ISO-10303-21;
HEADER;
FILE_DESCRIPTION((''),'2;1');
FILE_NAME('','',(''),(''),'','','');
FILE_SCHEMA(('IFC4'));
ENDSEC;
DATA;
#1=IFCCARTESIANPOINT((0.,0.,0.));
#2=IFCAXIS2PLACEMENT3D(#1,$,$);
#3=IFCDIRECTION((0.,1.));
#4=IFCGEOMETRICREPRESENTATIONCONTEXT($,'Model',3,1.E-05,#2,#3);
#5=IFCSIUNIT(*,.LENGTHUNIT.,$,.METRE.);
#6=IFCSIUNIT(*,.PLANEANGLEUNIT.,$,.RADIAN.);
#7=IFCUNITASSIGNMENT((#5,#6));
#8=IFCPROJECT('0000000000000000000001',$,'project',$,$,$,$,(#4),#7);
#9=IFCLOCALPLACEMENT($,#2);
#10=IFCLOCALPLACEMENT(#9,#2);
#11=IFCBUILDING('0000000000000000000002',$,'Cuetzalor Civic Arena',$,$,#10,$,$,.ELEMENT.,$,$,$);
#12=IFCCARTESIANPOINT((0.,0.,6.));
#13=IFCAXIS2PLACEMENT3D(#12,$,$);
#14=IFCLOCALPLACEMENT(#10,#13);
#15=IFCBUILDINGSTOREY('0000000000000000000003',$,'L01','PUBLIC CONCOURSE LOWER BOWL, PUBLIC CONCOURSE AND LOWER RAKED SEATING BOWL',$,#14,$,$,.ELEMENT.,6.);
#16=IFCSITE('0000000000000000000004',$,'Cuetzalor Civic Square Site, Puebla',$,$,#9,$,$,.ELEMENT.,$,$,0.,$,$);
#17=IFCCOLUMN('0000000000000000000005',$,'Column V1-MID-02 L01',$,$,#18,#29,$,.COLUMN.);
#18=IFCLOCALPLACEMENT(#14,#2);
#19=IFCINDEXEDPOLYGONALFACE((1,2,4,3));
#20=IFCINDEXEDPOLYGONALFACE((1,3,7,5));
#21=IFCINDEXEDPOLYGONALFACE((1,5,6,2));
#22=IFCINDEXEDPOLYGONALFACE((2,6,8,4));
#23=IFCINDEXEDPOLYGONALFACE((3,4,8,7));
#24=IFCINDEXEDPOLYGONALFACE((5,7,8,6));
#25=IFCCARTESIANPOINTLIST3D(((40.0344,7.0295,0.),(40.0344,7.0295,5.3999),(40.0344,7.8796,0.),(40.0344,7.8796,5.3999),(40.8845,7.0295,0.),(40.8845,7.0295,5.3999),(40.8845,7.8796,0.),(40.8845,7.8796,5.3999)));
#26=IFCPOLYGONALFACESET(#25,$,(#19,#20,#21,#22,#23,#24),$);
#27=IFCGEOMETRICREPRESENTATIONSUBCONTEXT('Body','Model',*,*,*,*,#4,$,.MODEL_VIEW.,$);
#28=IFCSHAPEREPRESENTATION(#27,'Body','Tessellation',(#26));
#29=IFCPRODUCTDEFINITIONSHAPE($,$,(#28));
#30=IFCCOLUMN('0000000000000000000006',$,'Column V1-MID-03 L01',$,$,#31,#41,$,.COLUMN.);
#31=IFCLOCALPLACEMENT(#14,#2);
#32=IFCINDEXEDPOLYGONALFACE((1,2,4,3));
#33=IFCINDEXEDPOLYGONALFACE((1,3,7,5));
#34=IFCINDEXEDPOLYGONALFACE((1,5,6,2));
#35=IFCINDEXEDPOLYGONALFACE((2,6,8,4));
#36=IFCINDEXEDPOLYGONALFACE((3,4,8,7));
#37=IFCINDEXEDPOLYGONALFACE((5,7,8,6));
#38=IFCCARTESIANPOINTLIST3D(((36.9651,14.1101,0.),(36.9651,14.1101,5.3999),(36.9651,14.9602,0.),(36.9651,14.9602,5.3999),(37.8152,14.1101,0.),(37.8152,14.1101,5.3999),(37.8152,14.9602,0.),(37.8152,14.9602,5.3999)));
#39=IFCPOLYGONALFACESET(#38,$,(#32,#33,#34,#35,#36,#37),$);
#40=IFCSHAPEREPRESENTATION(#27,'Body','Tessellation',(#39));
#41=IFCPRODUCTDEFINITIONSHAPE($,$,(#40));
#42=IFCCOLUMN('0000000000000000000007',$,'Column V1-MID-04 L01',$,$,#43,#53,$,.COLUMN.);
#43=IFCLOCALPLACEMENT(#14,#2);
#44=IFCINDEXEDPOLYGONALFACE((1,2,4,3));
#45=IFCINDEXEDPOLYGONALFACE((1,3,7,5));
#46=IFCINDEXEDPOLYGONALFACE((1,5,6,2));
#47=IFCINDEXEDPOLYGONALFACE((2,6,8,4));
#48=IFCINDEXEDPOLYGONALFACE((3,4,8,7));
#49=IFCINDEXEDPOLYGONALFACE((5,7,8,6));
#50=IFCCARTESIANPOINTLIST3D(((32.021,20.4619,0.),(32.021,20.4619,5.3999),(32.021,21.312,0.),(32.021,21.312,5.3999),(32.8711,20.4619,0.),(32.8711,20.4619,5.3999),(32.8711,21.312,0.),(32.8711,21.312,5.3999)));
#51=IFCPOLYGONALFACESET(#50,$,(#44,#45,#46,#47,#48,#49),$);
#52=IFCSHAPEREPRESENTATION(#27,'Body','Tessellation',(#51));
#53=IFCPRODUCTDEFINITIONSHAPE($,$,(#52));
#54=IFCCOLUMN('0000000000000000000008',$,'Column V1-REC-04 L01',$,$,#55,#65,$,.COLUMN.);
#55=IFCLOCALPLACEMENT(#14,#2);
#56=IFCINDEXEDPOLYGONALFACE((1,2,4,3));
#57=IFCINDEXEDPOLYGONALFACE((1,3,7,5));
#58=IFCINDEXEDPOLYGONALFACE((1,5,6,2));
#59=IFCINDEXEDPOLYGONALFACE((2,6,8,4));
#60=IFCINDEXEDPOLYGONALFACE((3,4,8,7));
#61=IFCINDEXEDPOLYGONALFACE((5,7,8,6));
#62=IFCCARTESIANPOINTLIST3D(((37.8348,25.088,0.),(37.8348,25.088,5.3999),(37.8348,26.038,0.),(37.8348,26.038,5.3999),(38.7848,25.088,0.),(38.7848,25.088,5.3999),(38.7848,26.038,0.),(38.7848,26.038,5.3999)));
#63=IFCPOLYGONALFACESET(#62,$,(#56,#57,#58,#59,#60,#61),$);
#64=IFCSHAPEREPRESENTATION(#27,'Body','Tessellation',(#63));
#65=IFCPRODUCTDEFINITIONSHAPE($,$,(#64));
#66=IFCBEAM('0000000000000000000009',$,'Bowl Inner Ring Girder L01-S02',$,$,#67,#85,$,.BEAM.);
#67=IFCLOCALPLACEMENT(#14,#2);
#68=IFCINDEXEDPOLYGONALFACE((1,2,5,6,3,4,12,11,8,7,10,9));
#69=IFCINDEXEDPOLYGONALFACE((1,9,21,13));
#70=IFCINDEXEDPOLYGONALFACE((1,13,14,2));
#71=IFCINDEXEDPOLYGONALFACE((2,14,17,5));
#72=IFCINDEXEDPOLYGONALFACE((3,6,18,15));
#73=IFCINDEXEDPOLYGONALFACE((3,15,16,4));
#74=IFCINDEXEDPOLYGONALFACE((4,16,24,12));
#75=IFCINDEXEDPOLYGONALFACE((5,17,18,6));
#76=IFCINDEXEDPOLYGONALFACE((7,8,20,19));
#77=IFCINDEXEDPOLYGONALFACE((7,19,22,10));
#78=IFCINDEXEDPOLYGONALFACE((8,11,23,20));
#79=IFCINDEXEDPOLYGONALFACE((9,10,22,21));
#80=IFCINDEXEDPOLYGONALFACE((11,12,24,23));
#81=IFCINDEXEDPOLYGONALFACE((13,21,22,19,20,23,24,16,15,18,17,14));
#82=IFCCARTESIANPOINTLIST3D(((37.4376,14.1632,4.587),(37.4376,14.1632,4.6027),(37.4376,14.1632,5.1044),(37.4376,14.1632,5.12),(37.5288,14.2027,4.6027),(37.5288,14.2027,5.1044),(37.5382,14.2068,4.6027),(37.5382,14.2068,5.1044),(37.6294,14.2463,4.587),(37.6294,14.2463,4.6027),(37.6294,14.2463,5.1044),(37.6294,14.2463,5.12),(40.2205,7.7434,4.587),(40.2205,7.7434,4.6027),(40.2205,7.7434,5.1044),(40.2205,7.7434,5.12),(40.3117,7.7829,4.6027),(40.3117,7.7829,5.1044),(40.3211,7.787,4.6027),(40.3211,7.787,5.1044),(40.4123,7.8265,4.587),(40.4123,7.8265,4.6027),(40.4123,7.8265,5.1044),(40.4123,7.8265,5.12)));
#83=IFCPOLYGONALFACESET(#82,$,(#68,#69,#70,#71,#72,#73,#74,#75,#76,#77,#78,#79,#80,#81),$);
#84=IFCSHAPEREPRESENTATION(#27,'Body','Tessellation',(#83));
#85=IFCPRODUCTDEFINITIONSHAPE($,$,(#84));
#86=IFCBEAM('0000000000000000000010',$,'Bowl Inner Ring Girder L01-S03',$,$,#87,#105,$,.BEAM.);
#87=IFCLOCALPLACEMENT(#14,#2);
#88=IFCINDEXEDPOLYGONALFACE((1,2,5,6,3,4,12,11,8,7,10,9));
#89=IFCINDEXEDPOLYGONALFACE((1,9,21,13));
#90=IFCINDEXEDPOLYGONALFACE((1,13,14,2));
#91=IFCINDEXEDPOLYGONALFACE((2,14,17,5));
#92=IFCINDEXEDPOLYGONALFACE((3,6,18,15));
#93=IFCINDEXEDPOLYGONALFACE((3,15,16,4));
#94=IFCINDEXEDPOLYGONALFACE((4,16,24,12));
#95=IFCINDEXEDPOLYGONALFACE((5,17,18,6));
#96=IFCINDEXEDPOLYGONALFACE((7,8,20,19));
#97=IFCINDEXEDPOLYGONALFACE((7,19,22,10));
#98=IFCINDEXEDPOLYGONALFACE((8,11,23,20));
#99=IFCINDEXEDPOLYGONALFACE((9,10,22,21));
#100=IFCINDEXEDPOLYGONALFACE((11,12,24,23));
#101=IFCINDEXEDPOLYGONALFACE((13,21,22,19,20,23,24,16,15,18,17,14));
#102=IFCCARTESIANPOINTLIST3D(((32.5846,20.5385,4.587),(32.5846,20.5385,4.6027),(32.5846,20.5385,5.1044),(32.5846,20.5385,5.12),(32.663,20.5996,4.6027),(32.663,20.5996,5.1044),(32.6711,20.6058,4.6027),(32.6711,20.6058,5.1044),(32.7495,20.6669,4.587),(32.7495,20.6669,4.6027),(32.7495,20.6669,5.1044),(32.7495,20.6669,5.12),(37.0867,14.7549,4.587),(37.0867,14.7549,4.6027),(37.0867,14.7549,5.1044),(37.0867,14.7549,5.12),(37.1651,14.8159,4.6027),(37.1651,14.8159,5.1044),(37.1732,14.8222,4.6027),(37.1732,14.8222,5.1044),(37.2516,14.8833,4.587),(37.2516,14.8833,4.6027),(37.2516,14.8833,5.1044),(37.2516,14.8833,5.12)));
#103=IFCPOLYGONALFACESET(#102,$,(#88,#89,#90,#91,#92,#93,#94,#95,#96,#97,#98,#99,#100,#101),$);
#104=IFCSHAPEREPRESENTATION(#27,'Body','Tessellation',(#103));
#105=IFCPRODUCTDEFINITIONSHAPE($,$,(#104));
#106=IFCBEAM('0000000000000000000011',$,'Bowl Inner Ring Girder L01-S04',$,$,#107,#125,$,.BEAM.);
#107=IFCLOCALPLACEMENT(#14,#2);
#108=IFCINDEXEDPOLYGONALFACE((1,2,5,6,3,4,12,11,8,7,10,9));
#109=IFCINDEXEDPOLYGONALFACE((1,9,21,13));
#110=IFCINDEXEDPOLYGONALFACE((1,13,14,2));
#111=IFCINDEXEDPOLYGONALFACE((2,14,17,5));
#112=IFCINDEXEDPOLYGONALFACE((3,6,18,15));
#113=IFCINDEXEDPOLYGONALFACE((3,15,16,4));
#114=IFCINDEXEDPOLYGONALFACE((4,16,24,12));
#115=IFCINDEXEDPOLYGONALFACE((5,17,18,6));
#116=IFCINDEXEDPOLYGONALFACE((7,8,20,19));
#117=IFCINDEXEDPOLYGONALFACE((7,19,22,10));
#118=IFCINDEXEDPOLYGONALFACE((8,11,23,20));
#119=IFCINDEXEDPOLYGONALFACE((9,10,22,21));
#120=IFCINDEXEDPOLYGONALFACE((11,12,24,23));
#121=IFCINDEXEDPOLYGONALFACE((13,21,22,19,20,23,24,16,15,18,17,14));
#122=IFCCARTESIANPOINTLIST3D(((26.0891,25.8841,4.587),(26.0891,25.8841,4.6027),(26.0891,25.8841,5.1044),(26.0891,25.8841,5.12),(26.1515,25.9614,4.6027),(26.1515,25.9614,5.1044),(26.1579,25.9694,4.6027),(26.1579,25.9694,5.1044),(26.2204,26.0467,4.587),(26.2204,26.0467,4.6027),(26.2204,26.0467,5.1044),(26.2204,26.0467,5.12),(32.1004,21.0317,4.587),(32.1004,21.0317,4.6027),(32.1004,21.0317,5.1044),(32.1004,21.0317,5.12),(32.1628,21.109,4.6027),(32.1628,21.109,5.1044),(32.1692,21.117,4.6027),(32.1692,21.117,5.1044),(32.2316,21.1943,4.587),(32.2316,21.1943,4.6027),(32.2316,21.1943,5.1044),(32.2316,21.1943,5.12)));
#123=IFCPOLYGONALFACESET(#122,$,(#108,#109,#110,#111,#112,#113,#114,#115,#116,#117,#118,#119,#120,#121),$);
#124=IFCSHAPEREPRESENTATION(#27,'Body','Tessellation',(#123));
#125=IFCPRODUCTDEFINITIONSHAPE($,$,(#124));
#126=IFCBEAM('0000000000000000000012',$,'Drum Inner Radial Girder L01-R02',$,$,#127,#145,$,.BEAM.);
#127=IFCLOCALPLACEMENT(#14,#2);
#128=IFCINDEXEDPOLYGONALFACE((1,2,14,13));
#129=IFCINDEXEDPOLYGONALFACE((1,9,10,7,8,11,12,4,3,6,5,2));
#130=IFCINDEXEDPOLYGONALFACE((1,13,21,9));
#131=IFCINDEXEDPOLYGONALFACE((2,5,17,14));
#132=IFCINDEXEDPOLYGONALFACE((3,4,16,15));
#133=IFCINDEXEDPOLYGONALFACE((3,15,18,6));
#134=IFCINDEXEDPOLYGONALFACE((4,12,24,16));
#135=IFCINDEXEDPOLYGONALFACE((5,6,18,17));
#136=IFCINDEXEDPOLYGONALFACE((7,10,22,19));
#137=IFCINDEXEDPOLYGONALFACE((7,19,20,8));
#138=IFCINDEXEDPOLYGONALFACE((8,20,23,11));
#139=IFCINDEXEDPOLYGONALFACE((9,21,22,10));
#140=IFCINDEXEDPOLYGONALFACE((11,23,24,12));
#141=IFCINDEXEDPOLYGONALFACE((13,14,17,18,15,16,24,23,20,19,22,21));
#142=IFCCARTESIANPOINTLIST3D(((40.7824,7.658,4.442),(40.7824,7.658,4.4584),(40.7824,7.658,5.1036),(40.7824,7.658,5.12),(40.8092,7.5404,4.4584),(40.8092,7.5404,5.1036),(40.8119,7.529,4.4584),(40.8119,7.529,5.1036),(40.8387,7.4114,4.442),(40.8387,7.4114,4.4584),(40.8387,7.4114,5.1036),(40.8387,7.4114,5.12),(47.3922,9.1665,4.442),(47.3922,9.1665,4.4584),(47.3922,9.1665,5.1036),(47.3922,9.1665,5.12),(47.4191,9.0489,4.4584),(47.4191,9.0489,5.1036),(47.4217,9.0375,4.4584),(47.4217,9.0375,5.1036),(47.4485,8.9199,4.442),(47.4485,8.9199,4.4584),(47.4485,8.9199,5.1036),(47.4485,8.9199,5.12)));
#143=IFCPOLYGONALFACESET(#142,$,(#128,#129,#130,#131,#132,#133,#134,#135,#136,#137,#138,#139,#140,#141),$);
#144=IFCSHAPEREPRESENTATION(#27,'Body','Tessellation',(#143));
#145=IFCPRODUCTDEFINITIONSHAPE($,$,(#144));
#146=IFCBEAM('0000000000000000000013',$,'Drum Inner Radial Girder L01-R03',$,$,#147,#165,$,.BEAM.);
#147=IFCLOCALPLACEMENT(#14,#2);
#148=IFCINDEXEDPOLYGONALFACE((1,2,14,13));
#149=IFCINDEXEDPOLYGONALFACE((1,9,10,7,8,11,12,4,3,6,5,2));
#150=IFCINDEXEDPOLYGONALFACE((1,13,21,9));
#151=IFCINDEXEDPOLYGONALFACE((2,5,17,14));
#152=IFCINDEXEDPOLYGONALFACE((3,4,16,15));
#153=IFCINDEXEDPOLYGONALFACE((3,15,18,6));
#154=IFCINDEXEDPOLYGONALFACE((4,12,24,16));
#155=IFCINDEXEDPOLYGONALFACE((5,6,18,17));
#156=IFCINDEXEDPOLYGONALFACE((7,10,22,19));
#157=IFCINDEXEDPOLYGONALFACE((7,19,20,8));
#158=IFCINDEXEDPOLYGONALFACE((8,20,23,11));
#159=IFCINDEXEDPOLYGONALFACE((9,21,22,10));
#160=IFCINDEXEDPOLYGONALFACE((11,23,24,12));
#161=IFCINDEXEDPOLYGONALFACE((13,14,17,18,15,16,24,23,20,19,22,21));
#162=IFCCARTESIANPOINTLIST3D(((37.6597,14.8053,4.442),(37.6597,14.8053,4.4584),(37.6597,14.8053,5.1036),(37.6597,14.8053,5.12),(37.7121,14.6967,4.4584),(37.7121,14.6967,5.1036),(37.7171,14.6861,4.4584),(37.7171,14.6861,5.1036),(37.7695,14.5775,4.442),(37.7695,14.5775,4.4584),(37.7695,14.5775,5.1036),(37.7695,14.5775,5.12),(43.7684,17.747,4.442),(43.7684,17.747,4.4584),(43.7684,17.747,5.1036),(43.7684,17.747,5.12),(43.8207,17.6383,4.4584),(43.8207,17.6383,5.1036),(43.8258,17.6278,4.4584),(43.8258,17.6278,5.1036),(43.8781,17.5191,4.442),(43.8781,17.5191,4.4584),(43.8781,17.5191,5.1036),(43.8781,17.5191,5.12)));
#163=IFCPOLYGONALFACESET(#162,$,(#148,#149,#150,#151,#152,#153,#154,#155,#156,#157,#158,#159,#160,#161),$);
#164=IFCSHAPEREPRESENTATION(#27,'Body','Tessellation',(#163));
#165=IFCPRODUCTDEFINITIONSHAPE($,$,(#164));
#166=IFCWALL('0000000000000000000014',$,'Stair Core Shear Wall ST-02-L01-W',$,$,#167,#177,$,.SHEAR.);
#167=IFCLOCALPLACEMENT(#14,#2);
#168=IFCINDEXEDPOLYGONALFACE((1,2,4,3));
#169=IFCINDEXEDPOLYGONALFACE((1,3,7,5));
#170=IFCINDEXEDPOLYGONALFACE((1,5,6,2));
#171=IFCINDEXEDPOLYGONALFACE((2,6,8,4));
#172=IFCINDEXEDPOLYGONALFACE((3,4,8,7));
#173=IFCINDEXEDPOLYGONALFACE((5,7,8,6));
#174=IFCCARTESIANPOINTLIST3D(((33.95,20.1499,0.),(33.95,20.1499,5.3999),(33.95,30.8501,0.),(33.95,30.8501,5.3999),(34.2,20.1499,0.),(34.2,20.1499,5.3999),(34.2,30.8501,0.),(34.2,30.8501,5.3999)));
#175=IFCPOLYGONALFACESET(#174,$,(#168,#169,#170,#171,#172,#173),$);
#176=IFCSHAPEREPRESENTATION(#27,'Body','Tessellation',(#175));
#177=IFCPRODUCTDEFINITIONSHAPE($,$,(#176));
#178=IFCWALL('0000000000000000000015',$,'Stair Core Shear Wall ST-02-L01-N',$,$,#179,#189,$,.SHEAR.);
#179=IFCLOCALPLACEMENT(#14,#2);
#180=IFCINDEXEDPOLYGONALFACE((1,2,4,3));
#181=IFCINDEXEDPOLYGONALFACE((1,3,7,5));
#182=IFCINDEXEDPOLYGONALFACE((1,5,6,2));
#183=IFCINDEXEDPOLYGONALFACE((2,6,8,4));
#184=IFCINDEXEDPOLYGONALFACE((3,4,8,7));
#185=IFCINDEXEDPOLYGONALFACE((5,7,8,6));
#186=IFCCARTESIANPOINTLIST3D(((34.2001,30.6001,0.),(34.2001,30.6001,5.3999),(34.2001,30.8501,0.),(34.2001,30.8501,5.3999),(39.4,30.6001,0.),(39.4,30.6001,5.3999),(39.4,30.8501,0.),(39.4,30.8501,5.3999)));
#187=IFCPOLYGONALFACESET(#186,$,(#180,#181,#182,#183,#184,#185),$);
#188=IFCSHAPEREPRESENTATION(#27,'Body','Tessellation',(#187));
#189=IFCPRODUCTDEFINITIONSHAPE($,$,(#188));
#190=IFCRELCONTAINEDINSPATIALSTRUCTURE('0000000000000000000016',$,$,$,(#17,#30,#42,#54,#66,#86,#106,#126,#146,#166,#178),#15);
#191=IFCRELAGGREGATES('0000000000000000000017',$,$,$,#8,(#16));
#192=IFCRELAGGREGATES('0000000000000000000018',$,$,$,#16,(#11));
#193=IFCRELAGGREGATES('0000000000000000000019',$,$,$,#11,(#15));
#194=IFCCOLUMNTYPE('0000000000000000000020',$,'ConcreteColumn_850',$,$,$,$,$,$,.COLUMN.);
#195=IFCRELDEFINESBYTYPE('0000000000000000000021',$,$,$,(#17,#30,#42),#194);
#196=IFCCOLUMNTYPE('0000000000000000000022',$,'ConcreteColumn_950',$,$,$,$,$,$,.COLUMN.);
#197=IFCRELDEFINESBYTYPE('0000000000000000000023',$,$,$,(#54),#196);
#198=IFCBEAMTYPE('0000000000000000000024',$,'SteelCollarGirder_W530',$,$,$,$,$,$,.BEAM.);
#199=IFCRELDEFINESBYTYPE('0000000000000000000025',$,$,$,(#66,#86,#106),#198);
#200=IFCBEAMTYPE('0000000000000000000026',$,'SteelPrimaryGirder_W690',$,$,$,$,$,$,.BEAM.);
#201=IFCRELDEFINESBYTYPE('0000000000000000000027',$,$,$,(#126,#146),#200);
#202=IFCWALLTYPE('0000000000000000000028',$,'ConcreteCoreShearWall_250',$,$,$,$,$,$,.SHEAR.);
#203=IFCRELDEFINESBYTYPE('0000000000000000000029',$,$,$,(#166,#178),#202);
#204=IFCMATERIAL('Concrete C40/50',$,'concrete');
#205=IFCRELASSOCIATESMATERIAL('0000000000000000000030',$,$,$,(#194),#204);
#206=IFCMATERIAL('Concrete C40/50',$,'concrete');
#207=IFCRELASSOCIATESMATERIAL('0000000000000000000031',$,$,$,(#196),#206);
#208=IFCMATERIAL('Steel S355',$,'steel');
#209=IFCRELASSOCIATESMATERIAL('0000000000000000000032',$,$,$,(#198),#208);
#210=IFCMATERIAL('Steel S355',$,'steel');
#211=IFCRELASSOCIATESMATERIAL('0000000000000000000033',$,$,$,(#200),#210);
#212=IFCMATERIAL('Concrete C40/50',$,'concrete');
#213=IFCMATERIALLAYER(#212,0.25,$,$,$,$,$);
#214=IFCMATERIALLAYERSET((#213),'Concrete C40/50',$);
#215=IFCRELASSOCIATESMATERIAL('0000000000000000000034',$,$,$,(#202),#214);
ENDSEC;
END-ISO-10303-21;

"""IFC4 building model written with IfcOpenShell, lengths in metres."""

from ifc_helpers import new_model, si_unit, direction, frame, frame_2d, origin, origin_2d, place, context, subcontext, project, spatial, rectangle, i_section, extrude, material, layer, layer_set, material_profile, profile_set, type_object, element, save


model = new_model("IFC4")

# Units and contexts
model_context = context("Model", 3, precision=1e-05, world=origin(), true_north=direction((0.0, 1.0)))
body_context = subcontext(model_context, "Body", "Model", "MODEL_VIEW")
ifc_project = project(units=[si_unit("LENGTHUNIT", "METRE"), si_unit("PLANEANGLEUNIT", "RADIAN")], contexts=[model_context])

# Site, building, storey
site_placement = place(None, origin())
site = spatial("IfcSite", under=ifc_project, at=site_placement, Name="Cuetzalor Civic Square Site, Puebla", CompositionType="ELEMENT", RefElevation=0.0)
building_placement = place(site_placement, origin())
building = spatial("IfcBuilding", under=site, at=building_placement, Name="Cuetzalor Civic Arena", CompositionType="ELEMENT")
storey_placement = place(building_placement, frame((0.0, 0.0, 6.0)))
storey = spatial("IfcBuildingStorey", under=building, at=storey_placement, Name="L01", Description="PUBLIC CONCOURSE LOWER BOWL, PUBLIC CONCOURSE AND LOWER RAKED SEATING BOWL", CompositionType="ELEMENT", Elevation=6.0)

# Columns
ifc_material_1 = material(Name="Concrete C40/50", Category="concrete")
ifc_material_profile_1 = material_profile(ifc_material_1, rectangle(XDim=0.8501, YDim=0.8501, at=origin_2d()), Name="RC 850x850")
ifc_profile_set_1 = profile_set([ifc_material_profile_1], Name="Concrete C40/50")
column_type_1 = type_object("IfcColumnType", Name="ConcreteColumn_850", PredefinedType="COLUMN", material=ifc_profile_set_1)
for number, where, z_axis, x_axis, name in (
    (1, (40.4595, 7.4546, 0.0), (0.0, 0.0, 1.0), (1.0, 0.0, 0.0), "Column V1-MID-02 L01"),
    (2, (37.3901, 14.5352, 0.0), (0.0, 0.0, 1.0), (1.0, 0.0, 0.0), "Column V1-MID-03 L01"),
    (3, (32.446, 20.887, 0.0), (0.0, 0.0, 1.0), (1.0, 0.0, 0.0), "Column V1-MID-04 L01"),
):
    element("IfcColumn", number, at=place(storey_placement, frame(where, z_axis=z_axis, x_axis=x_axis)), inside=storey, type_object=column_type_1, Name=name, PredefinedType="COLUMN", context=body_context, shape_type="SweptSolid", body=[
        extrude(rectangle(XDim=0.8501, YDim=0.8501, at=origin_2d()), origin(), (0.0, 0.0, 1.0), 5.3999),
    ])
ifc_material_2 = material(Name="Concrete C40/50", Category="concrete")
ifc_material_profile_2 = material_profile(ifc_material_2, rectangle(XDim=0.95, YDim=0.95, at=origin_2d()), Name="RC 950x950")
ifc_profile_set_2 = profile_set([ifc_material_profile_2], Name="Concrete C40/50")
column_type_2 = type_object("IfcColumnType", Name="ConcreteColumn_950", PredefinedType="COLUMN", material=ifc_profile_set_2)
column_placement = place(storey_placement, frame((38.3098, 25.563, 0.0), z_axis=(0.0, 0.0, 1.0), x_axis=(1.0, 0.0, 0.0)))
element("IfcColumn", 4, at=column_placement, inside=storey, type_object=column_type_2, Name="Column V1-REC-04 L01", PredefinedType="COLUMN", context=body_context, shape_type="SweptSolid", body=[
    extrude(rectangle(XDim=0.95, YDim=0.95, at=origin_2d()), origin(), (0.0, 0.0, 1.0), 5.3999),
])

# Beams
ifc_material_3 = material(Name="Steel S355", Category="steel")
ifc_material_profile_3 = material_profile(ifc_material_3, i_section(OverallWidth=0.209, OverallDepth=0.533, WebThickness=0.0103, FlangeThickness=0.0156, at=origin_2d()), Name="W530x92")
ifc_profile_set_3 = profile_set([ifc_material_profile_3], Name="Steel S355")
beam_type_1 = type_object("IfcBeamType", Name="SteelCollarGirder_W530", PredefinedType="BEAM", material=ifc_profile_set_3)
beam_1_placement = place(storey_placement, frame((40.3164, 7.7849, 4.8535), z_axis=(-0.397727, 0.917504, 0.0), x_axis=(-0.917504, -0.397727, 0.0)))
element("IfcBeam", 5, at=beam_1_placement, inside=storey, type_object=beam_type_1, Name="Bowl Inner Ring Girder L01-S02", PredefinedType="BEAM", context=body_context, shape_type="SweptSolid", body=[
    extrude(i_section(OverallWidth=0.209, OverallDepth=0.533, WebThickness=0.0103, FlangeThickness=0.0156, at=origin_2d()), origin(), (0.0, 0.0, 1.0), 6.9971),
])
beam_2_placement = place(storey_placement, frame((37.1692, 14.8191, 4.8535), z_axis=(-0.614261, 0.789103, 0.0), x_axis=(-0.789103, -0.614261, 0.0)))
element("IfcBeam", 6, at=beam_2_placement, inside=storey, type_object=beam_type_1, Name="Bowl Inner Ring Girder L01-S03", PredefinedType="BEAM", context=body_context, shape_type="SweptSolid", body=[
    extrude(i_section(OverallWidth=0.209, OverallDepth=0.533, WebThickness=0.0103, FlangeThickness=0.0156, at=origin_2d()), origin(), (0.0, 0.0, 1.0), 7.3293),
])
beam_3_placement = place(storey_placement, frame((32.166, 21.113, 4.8535), z_axis=(-0.778127, 0.628108, 0.0), x_axis=(-0.628108, -0.778127, 0.0)))
element("IfcBeam", 7, at=beam_3_placement, inside=storey, type_object=beam_type_1, Name="Bowl Inner Ring Girder L01-S04", PredefinedType="BEAM", context=body_context, shape_type="SweptSolid", body=[
    extrude(i_section(OverallWidth=0.209, OverallDepth=0.533, WebThickness=0.0103, FlangeThickness=0.0156, at=origin_2d()), origin(), (0.0, 0.0, 1.0), 7.7253),
])
ifc_material_4 = material(Name="Steel S355", Category="steel")
ifc_material_profile_4 = material_profile(ifc_material_4, i_section(OverallWidth=0.2529, OverallDepth=0.678, WebThickness=0.0117, FlangeThickness=0.0164, at=origin_2d()), Name="W690x125")
ifc_profile_set_4 = profile_set([ifc_material_profile_4], Name="Steel S355")
beam_type_2 = type_object("IfcBeamType", Name="SteelPrimaryGirder_W690", PredefinedType="BEAM", material=ifc_profile_set_4)
beam_4_placement = place(storey_placement, frame((40.8105, 7.5347, 4.781), z_axis=(0.974932, 0.222505, 0.0), x_axis=(-0.222505, 0.974932, 0.0)))
element("IfcBeam", 8, at=beam_4_placement, inside=storey, type_object=beam_type_2, Name="Drum Inner Radial Girder L01-R02", PredefinedType="BEAM", context=body_context, shape_type="SweptSolid", body=[
    extrude(i_section(OverallWidth=0.2529, OverallDepth=0.678, WebThickness=0.0117, FlangeThickness=0.0164, at=origin_2d()), origin(), (0.0, 0.0, 1.0), 6.7798),
])
beam_5_placement = place(storey_placement, frame((37.7146, 14.6914, 4.781), z_axis=(0.900976, 0.43387, 0.0), x_axis=(-0.43387, 0.900976, 0.0)))
element("IfcBeam", 9, at=beam_5_placement, inside=storey, type_object=beam_type_2, Name="Drum Inner Radial Girder L01-R03", PredefinedType="BEAM", context=body_context, shape_type="SweptSolid", body=[
    extrude(i_section(OverallWidth=0.2529, OverallDepth=0.678, WebThickness=0.0117, FlangeThickness=0.0164, at=origin_2d()), origin(), (0.0, 0.0, 1.0), 6.78),
])

# Walls
ifc_material_5 = material(Name="Concrete C40/50", Category="concrete")
ifc_layer = layer(ifc_material_5, 0.25)
ifc_layer_set = layer_set([ifc_layer], Name="Concrete C40/50")
wall_type = type_object("IfcWallType", Name="ConcreteCoreShearWall_250", PredefinedType="SHEAR", material=ifc_layer_set)
wall_1_placement = place(storey_placement, frame((34.075, 20.1499, 0.0), z_axis=(0.0, 0.0, 1.0), x_axis=(0.0, 1.0, 0.0)))
element("IfcWall", 10, at=wall_1_placement, inside=storey, type_object=wall_type, Name="Stair Core Shear Wall ST-02-L01-W", PredefinedType="SHEAR", context=body_context, shape_type="SweptSolid", body=[
    extrude(rectangle(XDim=10.7002, YDim=0.25, at=frame_2d((5.3501, 0.0))), origin(), (0.0, 0.0, 1.0), 5.3999),
])
wall_2_placement = place(storey_placement, frame((34.2, 30.7251, 0.0), z_axis=(0.0, 0.0, 1.0), x_axis=(1.0, 0.0, 0.0)))
element("IfcWall", 11, at=wall_2_placement, inside=storey, type_object=wall_type, Name="Stair Core Shear Wall ST-02-L01-N", PredefinedType="SHEAR", context=body_context, shape_type="SweptSolid", body=[
    extrude(rectangle(XDim=5.2, YDim=0.25, at=frame_2d((2.6001, 0.0))), origin(), (0.0, 0.0, 1.0), 5.3999),
])

save(model, "model.ifc")
